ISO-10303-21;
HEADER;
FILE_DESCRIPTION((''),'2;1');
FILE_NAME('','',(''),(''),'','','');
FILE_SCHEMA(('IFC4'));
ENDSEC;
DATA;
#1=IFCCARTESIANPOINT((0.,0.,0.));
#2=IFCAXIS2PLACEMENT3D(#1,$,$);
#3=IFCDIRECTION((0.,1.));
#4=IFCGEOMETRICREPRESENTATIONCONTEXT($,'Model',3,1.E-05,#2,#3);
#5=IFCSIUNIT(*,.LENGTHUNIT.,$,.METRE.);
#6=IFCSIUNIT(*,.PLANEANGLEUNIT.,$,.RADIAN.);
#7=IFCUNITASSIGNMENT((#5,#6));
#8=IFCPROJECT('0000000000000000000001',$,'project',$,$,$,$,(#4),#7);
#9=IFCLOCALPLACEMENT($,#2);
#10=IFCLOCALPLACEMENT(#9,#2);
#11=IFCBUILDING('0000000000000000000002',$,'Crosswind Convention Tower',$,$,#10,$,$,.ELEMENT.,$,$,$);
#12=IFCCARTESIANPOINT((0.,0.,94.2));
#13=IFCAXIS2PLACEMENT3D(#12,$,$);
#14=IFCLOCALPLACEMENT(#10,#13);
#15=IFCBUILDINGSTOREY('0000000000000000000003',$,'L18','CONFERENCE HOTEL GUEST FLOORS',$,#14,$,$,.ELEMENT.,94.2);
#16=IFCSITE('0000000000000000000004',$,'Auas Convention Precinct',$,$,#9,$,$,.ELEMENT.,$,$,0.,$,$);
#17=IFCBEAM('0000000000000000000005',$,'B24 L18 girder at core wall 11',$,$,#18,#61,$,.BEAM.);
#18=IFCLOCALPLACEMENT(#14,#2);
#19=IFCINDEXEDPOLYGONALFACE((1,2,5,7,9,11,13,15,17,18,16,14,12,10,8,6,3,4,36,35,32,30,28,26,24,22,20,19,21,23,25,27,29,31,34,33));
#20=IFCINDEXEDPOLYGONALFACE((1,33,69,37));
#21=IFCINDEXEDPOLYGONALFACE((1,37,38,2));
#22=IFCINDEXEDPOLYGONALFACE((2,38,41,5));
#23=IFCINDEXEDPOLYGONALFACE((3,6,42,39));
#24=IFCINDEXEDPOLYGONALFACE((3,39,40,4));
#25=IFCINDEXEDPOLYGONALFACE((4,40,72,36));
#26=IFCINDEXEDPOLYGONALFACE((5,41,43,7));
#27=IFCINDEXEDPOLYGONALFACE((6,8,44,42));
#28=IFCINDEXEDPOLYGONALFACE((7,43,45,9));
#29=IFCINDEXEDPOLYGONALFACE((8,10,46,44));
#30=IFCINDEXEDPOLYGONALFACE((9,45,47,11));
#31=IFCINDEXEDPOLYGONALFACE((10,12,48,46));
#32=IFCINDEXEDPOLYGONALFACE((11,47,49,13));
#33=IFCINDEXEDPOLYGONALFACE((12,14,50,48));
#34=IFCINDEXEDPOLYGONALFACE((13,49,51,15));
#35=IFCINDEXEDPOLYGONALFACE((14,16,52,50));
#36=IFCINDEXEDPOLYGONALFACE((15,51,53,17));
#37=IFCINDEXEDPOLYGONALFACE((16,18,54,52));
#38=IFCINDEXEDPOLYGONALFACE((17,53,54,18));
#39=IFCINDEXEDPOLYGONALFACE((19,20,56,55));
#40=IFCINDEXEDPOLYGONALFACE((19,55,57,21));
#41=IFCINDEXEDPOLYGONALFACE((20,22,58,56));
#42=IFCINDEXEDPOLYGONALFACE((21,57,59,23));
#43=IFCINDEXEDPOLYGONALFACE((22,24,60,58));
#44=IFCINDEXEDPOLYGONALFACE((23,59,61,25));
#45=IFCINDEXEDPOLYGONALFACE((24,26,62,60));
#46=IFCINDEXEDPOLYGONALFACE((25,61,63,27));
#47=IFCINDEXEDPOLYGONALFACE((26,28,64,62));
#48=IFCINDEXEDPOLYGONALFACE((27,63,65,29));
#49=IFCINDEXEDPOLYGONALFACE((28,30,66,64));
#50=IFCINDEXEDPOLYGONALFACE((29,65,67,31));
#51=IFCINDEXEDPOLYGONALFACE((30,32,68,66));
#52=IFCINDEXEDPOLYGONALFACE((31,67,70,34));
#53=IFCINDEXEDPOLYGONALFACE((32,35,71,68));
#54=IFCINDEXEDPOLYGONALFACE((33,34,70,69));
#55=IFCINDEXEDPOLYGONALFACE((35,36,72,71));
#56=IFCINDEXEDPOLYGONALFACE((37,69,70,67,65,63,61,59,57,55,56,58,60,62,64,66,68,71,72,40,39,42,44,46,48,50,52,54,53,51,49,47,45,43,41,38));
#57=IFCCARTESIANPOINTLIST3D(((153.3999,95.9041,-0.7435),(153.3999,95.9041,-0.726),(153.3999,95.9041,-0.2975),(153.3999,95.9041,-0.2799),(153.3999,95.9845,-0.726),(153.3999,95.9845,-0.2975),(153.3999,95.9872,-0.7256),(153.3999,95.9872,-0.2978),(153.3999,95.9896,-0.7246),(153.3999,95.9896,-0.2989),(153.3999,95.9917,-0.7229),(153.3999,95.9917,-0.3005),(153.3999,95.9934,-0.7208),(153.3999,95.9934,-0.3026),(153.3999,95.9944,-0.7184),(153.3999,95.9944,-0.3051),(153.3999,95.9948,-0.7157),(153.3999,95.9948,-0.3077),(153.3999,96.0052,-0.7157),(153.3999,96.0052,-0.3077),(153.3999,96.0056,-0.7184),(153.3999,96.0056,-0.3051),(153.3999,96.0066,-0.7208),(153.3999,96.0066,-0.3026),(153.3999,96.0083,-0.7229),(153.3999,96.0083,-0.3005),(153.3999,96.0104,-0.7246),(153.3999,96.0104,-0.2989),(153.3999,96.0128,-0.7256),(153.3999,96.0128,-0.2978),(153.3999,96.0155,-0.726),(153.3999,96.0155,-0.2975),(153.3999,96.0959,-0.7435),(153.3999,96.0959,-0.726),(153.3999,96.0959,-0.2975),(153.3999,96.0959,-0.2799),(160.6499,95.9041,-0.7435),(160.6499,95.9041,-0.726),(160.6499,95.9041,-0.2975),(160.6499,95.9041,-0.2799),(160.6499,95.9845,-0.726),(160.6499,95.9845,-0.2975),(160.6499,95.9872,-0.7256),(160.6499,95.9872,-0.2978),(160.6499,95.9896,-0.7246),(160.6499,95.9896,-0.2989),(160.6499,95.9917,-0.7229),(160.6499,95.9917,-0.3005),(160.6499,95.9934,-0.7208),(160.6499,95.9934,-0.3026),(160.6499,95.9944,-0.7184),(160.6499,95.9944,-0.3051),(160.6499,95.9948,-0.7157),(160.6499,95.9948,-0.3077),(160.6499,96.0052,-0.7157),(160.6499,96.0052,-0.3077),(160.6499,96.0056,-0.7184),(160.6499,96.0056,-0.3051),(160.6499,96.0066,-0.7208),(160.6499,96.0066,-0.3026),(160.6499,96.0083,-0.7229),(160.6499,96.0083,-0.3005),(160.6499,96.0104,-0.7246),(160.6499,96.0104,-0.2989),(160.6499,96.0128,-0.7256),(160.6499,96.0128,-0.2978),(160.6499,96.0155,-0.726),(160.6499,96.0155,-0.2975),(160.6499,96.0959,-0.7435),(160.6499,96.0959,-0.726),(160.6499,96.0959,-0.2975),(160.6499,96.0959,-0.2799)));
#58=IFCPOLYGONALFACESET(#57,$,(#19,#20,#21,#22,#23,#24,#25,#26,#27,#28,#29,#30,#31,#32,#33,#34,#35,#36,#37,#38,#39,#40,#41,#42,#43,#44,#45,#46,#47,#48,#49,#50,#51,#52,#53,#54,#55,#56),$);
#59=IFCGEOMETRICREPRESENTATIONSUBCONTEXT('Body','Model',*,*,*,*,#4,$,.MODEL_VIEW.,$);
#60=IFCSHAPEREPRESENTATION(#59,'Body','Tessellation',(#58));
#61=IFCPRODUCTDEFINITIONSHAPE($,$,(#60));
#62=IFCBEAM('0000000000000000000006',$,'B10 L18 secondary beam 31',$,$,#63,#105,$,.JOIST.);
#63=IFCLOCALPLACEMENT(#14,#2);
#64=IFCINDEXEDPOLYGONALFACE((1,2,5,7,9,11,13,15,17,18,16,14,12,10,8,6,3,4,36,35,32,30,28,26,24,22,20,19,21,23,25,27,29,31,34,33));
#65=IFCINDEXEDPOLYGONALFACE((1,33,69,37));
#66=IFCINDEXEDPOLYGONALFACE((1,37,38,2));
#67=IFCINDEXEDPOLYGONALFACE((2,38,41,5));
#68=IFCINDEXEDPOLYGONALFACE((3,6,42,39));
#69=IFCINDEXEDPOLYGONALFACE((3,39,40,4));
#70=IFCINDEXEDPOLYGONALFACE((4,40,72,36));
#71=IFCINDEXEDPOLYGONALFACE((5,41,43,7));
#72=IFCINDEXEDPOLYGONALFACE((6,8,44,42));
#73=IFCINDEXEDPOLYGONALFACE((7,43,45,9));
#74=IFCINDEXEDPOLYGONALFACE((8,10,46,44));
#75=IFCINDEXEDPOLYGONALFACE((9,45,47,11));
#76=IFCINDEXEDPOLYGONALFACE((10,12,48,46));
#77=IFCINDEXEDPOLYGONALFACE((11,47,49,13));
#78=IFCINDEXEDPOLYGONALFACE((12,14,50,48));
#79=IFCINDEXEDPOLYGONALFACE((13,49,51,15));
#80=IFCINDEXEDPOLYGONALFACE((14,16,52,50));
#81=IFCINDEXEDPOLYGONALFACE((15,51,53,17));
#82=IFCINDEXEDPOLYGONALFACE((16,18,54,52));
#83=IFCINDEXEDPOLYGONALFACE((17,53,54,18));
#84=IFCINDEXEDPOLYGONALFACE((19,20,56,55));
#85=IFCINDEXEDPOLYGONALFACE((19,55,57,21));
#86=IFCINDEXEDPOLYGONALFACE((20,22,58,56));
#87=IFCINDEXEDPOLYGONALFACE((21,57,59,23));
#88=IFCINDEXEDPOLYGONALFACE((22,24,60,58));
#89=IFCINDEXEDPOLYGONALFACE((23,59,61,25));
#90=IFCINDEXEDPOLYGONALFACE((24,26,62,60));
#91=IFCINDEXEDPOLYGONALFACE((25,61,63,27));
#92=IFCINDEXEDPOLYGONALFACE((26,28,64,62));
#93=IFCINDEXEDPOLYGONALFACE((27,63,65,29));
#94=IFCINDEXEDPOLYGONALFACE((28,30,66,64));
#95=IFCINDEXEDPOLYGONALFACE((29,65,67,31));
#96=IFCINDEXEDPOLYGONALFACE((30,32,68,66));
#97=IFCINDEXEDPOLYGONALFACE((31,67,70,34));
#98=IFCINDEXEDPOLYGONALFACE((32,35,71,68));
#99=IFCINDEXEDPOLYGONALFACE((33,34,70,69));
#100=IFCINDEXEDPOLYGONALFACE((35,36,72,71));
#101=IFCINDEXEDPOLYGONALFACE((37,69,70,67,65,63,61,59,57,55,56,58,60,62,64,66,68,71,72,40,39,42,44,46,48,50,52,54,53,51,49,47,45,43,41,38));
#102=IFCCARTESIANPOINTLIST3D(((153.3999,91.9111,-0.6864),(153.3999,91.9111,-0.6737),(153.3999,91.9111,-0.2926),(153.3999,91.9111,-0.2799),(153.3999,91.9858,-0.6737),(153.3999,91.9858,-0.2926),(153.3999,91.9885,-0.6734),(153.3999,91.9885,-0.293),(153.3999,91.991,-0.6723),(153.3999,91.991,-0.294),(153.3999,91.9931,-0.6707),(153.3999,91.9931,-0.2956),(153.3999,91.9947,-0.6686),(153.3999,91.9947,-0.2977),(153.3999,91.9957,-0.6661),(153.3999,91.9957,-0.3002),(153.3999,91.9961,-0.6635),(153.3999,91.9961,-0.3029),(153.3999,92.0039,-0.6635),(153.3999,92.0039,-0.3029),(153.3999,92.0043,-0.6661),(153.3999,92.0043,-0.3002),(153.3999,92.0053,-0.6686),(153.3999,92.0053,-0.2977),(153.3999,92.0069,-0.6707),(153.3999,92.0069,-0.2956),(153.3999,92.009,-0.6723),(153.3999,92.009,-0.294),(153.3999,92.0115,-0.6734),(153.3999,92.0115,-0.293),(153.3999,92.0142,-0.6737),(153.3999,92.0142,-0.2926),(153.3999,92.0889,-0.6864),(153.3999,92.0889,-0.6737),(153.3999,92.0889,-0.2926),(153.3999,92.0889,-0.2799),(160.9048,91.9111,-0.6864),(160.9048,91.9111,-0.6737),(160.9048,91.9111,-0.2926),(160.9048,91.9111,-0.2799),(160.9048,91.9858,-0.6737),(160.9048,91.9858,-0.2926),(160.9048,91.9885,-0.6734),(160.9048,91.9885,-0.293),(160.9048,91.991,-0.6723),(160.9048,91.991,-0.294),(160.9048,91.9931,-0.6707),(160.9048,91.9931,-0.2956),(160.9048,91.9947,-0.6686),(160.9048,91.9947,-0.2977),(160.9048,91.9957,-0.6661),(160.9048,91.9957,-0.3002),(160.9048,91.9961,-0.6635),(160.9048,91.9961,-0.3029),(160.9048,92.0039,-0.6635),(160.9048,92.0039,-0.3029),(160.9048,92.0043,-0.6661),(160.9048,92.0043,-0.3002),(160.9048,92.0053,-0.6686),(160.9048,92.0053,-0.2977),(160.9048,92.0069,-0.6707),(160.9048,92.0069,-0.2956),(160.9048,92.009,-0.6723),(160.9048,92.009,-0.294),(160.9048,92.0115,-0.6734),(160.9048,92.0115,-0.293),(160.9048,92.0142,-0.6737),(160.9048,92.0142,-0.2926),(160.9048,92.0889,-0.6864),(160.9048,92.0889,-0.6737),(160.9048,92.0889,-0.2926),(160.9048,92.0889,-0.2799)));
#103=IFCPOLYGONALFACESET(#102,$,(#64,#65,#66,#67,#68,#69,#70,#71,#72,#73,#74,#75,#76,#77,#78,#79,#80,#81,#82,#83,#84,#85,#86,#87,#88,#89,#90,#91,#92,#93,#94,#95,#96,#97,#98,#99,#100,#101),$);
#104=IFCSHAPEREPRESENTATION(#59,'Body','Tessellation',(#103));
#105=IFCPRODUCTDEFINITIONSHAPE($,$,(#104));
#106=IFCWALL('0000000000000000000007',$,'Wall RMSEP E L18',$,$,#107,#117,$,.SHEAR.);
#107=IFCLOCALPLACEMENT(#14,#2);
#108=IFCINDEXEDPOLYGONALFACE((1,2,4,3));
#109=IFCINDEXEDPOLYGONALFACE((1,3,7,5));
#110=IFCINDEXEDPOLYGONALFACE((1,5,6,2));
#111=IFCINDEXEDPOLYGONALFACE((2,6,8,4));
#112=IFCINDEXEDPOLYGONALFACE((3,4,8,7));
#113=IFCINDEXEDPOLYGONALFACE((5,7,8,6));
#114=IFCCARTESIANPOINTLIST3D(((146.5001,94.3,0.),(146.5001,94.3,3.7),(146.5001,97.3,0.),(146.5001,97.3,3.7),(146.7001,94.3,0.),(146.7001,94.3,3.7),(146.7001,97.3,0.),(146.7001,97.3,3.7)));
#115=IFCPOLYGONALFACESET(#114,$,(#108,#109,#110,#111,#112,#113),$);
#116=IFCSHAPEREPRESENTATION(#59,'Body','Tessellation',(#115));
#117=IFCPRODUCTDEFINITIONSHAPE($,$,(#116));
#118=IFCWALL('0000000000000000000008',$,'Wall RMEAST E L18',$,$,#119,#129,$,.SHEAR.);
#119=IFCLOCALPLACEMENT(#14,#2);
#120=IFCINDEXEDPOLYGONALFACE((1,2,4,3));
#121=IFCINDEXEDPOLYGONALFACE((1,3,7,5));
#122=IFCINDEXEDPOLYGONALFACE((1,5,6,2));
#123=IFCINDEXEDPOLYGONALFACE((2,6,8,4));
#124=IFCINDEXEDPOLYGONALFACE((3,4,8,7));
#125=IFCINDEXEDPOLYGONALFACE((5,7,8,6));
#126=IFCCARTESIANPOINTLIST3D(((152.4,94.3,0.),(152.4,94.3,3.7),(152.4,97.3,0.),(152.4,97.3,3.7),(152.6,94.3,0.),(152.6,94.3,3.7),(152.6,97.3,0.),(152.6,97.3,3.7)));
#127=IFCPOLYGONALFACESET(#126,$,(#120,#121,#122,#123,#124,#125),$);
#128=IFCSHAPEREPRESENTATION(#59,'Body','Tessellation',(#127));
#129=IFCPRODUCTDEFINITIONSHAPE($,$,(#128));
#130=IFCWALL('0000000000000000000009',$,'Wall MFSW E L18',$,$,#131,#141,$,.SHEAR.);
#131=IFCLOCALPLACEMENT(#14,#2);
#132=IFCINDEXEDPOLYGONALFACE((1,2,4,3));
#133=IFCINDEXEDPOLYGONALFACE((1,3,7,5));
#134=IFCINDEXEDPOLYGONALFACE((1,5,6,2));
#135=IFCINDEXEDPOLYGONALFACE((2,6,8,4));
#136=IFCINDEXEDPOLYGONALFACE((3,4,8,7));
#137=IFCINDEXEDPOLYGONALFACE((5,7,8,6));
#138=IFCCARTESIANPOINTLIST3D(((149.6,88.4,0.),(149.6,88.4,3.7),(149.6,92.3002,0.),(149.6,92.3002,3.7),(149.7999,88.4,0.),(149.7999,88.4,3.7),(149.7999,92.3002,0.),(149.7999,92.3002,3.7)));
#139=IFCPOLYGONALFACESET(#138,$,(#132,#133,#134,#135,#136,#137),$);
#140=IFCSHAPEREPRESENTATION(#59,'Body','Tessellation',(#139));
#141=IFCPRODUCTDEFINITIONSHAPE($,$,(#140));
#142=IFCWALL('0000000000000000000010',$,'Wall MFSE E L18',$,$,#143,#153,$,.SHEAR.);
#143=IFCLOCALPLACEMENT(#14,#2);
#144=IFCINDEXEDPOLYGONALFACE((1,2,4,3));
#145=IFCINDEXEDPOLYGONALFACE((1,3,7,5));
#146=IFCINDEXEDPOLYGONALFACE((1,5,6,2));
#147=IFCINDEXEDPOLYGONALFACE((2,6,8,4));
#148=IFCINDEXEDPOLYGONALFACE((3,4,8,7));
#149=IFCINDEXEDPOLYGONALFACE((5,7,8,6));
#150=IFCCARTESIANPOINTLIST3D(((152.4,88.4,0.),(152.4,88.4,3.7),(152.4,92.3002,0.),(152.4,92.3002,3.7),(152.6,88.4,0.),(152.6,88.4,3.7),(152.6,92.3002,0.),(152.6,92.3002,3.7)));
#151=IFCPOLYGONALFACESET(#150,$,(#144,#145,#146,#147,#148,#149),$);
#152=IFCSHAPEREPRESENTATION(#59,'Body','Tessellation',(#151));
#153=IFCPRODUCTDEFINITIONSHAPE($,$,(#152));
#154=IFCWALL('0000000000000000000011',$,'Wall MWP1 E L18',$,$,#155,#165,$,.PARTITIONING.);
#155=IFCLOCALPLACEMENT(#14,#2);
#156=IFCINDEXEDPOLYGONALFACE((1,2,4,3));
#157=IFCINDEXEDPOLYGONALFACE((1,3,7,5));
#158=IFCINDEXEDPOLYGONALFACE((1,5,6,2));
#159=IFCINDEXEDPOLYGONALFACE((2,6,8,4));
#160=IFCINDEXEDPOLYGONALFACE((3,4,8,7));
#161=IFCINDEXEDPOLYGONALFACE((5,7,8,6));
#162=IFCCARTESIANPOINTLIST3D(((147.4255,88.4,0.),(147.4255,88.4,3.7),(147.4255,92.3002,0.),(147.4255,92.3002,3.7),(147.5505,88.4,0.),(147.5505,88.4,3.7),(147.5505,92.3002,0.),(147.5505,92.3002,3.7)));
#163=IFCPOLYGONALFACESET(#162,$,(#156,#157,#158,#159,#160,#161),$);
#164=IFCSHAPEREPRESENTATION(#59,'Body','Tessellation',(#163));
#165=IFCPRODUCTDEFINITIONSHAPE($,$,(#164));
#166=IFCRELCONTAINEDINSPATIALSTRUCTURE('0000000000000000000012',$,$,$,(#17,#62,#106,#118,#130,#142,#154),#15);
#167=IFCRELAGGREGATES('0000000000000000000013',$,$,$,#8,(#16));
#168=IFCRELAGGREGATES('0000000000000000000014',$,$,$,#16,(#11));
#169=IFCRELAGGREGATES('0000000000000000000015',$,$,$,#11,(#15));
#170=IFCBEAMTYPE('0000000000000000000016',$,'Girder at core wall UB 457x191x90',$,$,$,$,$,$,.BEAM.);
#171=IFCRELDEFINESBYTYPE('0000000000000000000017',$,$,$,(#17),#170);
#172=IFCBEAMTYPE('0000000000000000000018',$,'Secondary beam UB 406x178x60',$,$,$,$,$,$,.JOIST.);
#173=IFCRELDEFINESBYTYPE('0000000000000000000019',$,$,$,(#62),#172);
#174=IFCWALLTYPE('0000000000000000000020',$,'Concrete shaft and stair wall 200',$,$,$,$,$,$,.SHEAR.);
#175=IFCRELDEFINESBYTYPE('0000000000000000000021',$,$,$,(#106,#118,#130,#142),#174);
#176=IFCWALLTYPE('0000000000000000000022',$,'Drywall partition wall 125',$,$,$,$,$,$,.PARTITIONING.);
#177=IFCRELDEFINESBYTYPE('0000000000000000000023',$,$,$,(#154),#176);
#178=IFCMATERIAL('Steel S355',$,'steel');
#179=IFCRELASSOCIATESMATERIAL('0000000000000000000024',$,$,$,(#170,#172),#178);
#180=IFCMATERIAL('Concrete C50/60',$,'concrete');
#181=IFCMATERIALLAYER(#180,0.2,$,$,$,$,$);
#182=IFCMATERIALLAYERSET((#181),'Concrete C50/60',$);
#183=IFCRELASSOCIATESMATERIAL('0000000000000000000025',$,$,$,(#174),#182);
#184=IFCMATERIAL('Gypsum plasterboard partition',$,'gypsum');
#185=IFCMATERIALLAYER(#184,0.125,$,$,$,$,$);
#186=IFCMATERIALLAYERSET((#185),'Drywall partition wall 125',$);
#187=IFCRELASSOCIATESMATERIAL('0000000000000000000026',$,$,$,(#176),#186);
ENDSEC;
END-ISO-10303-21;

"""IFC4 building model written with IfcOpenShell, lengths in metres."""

from ifc_helpers import new_model, si_unit, direction, frame, frame_2d, origin, origin_2d, place, context, subcontext, project, spatial, rectangle, i_section, extrude, material, layer, layer_set, material_profile, profile_set, type_object, element, save


model = new_model("IFC4")

# Units and contexts
model_context = context("Model", 3, precision=1e-05, world=origin(), true_north=direction((0.0, 1.0)))
body_context = subcontext(model_context, "Body", "Model", "MODEL_VIEW")
ifc_project = project(units=[si_unit("LENGTHUNIT", "METRE"), si_unit("PLANEANGLEUNIT", "RADIAN")], contexts=[model_context])

# Site, building, storey
site_placement = place(None, origin())
site = spatial("IfcSite", under=ifc_project, at=site_placement, Name="Auas Convention Precinct", CompositionType="ELEMENT", RefElevation=0.0)
building_placement = place(site_placement, origin())
building = spatial("IfcBuilding", under=site, at=building_placement, Name="Crosswind Convention Tower", CompositionType="ELEMENT")
storey_placement = place(building_placement, frame((0.0, 0.0, 94.2)))
storey = spatial("IfcBuildingStorey", under=building, at=storey_placement, Name="L18", Description="CONFERENCE HOTEL GUEST FLOORS", CompositionType="ELEMENT", Elevation=94.2)

# Beams
ifc_material_1 = material(Name="Steel S355", Category="steel")
ifc_material_profile_1 = material_profile(ifc_material_1, i_section(OverallWidth=0.1919, OverallDepth=0.4636, WebThickness=0.0105, FlangeThickness=0.0176, FilletRadius=0.0103, at=origin_2d()), Name="UB 457x191x90")
ifc_profile_set_1 = profile_set([ifc_material_profile_1], Name="Steel S355")
beam_type_1 = type_object("IfcBeamType", Name="Girder at core wall UB 457x191x90", PredefinedType="BEAM", material=ifc_profile_set_1)
beam_1_placement = place(storey_placement, frame((153.3999, 96.0, -0.5117), z_axis=(1.0, 0.0, 0.0), x_axis=(0.0, 1.0, 0.0)))
element("IfcBeam", 1, at=beam_1_placement, inside=storey, type_object=beam_type_1, Name="B24 L18 girder at core wall 11", PredefinedType="BEAM", context=body_context, shape_type="SweptSolid", body=[
    extrude(i_section(OverallWidth=0.1919, OverallDepth=0.4636, WebThickness=0.0105, FlangeThickness=0.0176, FilletRadius=0.0103, at=origin_2d()), origin(), (0.0, 0.0, 1.0), 7.25),
])
ifc_material_profile_2 = material_profile(ifc_material_1, i_section(OverallWidth=0.1777, OverallDepth=0.4065, WebThickness=0.0078, FlangeThickness=0.0127, FilletRadius=0.0103, at=origin_2d()), Name="UB 406x178x60")
ifc_profile_set_2 = profile_set([ifc_material_profile_2], Name="Steel S355")
beam_type_2 = type_object("IfcBeamType", Name="Secondary beam UB 406x178x60", PredefinedType="JOIST", material=ifc_profile_set_2)
beam_2_placement = place(storey_placement, frame((153.3999, 92.0, -0.4832), z_axis=(1.0, 0.0, 0.0), x_axis=(0.0, 1.0, 0.0)))
element("IfcBeam", 2, at=beam_2_placement, inside=storey, type_object=beam_type_2, Name="B10 L18 secondary beam 31", PredefinedType="JOIST", context=body_context, shape_type="SweptSolid", body=[
    extrude(i_section(OverallWidth=0.1777, OverallDepth=0.4065, WebThickness=0.0078, FlangeThickness=0.0127, FilletRadius=0.0103, at=origin_2d()), origin(), (0.0, 0.0, 1.0), 7.5049),
])

# Walls
ifc_material_2 = material(Name="Concrete C50/60", Category="concrete")
ifc_layer_1 = layer(ifc_material_2, 0.2)
ifc_layer_set_1 = layer_set([ifc_layer_1], Name="Concrete C50/60")
wall_type_1 = type_object("IfcWallType", Name="Concrete shaft and stair wall 200", PredefinedType="SHEAR", material=ifc_layer_set_1)
for number, where, z_axis, x_axis, name in (
    (3, (146.6001, 94.3, 0.0), (0.0, 0.0, 1.0), (0.0, 1.0, 0.0), "Wall RMSEP E L18"),
    (4, (152.5, 94.3, 0.0), (0.0, 0.0, 1.0), (0.0, 1.0, 0.0), "Wall RMEAST E L18"),
):
    element("IfcWall", number, at=place(storey_placement, frame(where, z_axis=z_axis, x_axis=x_axis)), inside=storey, type_object=wall_type_1, Name=name, PredefinedType="SHEAR", context=body_context, shape_type="SweptSolid", body=[
        extrude(rectangle(XDim=3.0, YDim=0.2, at=frame_2d((1.5, 0.0))), origin(), (0.0, 0.0, 1.0), 3.7),
    ])
for number, where, z_axis, x_axis, name in (
    (5, (149.7, 88.3999, 0.0), (0.0, 0.0, 1.0), (0.0, 1.0, 0.0), "Wall MFSW E L18"),
    (6, (152.5, 88.3999, 0.0), (0.0, 0.0, 1.0), (0.0, 1.0, 0.0), "Wall MFSE E L18"),
):
    element("IfcWall", number, at=place(storey_placement, frame(where, z_axis=z_axis, x_axis=x_axis)), inside=storey, type_object=wall_type_1, Name=name, PredefinedType="SHEAR", context=body_context, shape_type="SweptSolid", body=[
        extrude(rectangle(XDim=3.9001, YDim=0.2, at=frame_2d((1.9502, 0.0))), origin(), (0.0, 0.0, 1.0), 3.7),
    ])
ifc_material_3 = material(Name="Gypsum plasterboard partition", Category="gypsum")
ifc_layer_2 = layer(ifc_material_3, 0.125)
ifc_layer_set_2 = layer_set([ifc_layer_2], Name="Drywall partition wall 125")
wall_type_2 = type_object("IfcWallType", Name="Drywall partition wall 125", PredefinedType="PARTITIONING", material=ifc_layer_set_2)
wall_1_placement = place(storey_placement, frame((147.488, 88.3999, 0.0), z_axis=(0.0, 0.0, 1.0), x_axis=(0.0, 1.0, 0.0)))
element("IfcWall", 7, at=wall_1_placement, inside=storey, type_object=wall_type_2, Name="Wall MWP1 E L18", PredefinedType="PARTITIONING", context=body_context, shape_type="SweptSolid", body=[
    extrude(rectangle(XDim=3.9001, YDim=0.125, at=frame_2d((1.9502, 0.0))), origin(), (0.0, 0.0, 1.0), 3.7),
])

save(model, "model.ifc")
